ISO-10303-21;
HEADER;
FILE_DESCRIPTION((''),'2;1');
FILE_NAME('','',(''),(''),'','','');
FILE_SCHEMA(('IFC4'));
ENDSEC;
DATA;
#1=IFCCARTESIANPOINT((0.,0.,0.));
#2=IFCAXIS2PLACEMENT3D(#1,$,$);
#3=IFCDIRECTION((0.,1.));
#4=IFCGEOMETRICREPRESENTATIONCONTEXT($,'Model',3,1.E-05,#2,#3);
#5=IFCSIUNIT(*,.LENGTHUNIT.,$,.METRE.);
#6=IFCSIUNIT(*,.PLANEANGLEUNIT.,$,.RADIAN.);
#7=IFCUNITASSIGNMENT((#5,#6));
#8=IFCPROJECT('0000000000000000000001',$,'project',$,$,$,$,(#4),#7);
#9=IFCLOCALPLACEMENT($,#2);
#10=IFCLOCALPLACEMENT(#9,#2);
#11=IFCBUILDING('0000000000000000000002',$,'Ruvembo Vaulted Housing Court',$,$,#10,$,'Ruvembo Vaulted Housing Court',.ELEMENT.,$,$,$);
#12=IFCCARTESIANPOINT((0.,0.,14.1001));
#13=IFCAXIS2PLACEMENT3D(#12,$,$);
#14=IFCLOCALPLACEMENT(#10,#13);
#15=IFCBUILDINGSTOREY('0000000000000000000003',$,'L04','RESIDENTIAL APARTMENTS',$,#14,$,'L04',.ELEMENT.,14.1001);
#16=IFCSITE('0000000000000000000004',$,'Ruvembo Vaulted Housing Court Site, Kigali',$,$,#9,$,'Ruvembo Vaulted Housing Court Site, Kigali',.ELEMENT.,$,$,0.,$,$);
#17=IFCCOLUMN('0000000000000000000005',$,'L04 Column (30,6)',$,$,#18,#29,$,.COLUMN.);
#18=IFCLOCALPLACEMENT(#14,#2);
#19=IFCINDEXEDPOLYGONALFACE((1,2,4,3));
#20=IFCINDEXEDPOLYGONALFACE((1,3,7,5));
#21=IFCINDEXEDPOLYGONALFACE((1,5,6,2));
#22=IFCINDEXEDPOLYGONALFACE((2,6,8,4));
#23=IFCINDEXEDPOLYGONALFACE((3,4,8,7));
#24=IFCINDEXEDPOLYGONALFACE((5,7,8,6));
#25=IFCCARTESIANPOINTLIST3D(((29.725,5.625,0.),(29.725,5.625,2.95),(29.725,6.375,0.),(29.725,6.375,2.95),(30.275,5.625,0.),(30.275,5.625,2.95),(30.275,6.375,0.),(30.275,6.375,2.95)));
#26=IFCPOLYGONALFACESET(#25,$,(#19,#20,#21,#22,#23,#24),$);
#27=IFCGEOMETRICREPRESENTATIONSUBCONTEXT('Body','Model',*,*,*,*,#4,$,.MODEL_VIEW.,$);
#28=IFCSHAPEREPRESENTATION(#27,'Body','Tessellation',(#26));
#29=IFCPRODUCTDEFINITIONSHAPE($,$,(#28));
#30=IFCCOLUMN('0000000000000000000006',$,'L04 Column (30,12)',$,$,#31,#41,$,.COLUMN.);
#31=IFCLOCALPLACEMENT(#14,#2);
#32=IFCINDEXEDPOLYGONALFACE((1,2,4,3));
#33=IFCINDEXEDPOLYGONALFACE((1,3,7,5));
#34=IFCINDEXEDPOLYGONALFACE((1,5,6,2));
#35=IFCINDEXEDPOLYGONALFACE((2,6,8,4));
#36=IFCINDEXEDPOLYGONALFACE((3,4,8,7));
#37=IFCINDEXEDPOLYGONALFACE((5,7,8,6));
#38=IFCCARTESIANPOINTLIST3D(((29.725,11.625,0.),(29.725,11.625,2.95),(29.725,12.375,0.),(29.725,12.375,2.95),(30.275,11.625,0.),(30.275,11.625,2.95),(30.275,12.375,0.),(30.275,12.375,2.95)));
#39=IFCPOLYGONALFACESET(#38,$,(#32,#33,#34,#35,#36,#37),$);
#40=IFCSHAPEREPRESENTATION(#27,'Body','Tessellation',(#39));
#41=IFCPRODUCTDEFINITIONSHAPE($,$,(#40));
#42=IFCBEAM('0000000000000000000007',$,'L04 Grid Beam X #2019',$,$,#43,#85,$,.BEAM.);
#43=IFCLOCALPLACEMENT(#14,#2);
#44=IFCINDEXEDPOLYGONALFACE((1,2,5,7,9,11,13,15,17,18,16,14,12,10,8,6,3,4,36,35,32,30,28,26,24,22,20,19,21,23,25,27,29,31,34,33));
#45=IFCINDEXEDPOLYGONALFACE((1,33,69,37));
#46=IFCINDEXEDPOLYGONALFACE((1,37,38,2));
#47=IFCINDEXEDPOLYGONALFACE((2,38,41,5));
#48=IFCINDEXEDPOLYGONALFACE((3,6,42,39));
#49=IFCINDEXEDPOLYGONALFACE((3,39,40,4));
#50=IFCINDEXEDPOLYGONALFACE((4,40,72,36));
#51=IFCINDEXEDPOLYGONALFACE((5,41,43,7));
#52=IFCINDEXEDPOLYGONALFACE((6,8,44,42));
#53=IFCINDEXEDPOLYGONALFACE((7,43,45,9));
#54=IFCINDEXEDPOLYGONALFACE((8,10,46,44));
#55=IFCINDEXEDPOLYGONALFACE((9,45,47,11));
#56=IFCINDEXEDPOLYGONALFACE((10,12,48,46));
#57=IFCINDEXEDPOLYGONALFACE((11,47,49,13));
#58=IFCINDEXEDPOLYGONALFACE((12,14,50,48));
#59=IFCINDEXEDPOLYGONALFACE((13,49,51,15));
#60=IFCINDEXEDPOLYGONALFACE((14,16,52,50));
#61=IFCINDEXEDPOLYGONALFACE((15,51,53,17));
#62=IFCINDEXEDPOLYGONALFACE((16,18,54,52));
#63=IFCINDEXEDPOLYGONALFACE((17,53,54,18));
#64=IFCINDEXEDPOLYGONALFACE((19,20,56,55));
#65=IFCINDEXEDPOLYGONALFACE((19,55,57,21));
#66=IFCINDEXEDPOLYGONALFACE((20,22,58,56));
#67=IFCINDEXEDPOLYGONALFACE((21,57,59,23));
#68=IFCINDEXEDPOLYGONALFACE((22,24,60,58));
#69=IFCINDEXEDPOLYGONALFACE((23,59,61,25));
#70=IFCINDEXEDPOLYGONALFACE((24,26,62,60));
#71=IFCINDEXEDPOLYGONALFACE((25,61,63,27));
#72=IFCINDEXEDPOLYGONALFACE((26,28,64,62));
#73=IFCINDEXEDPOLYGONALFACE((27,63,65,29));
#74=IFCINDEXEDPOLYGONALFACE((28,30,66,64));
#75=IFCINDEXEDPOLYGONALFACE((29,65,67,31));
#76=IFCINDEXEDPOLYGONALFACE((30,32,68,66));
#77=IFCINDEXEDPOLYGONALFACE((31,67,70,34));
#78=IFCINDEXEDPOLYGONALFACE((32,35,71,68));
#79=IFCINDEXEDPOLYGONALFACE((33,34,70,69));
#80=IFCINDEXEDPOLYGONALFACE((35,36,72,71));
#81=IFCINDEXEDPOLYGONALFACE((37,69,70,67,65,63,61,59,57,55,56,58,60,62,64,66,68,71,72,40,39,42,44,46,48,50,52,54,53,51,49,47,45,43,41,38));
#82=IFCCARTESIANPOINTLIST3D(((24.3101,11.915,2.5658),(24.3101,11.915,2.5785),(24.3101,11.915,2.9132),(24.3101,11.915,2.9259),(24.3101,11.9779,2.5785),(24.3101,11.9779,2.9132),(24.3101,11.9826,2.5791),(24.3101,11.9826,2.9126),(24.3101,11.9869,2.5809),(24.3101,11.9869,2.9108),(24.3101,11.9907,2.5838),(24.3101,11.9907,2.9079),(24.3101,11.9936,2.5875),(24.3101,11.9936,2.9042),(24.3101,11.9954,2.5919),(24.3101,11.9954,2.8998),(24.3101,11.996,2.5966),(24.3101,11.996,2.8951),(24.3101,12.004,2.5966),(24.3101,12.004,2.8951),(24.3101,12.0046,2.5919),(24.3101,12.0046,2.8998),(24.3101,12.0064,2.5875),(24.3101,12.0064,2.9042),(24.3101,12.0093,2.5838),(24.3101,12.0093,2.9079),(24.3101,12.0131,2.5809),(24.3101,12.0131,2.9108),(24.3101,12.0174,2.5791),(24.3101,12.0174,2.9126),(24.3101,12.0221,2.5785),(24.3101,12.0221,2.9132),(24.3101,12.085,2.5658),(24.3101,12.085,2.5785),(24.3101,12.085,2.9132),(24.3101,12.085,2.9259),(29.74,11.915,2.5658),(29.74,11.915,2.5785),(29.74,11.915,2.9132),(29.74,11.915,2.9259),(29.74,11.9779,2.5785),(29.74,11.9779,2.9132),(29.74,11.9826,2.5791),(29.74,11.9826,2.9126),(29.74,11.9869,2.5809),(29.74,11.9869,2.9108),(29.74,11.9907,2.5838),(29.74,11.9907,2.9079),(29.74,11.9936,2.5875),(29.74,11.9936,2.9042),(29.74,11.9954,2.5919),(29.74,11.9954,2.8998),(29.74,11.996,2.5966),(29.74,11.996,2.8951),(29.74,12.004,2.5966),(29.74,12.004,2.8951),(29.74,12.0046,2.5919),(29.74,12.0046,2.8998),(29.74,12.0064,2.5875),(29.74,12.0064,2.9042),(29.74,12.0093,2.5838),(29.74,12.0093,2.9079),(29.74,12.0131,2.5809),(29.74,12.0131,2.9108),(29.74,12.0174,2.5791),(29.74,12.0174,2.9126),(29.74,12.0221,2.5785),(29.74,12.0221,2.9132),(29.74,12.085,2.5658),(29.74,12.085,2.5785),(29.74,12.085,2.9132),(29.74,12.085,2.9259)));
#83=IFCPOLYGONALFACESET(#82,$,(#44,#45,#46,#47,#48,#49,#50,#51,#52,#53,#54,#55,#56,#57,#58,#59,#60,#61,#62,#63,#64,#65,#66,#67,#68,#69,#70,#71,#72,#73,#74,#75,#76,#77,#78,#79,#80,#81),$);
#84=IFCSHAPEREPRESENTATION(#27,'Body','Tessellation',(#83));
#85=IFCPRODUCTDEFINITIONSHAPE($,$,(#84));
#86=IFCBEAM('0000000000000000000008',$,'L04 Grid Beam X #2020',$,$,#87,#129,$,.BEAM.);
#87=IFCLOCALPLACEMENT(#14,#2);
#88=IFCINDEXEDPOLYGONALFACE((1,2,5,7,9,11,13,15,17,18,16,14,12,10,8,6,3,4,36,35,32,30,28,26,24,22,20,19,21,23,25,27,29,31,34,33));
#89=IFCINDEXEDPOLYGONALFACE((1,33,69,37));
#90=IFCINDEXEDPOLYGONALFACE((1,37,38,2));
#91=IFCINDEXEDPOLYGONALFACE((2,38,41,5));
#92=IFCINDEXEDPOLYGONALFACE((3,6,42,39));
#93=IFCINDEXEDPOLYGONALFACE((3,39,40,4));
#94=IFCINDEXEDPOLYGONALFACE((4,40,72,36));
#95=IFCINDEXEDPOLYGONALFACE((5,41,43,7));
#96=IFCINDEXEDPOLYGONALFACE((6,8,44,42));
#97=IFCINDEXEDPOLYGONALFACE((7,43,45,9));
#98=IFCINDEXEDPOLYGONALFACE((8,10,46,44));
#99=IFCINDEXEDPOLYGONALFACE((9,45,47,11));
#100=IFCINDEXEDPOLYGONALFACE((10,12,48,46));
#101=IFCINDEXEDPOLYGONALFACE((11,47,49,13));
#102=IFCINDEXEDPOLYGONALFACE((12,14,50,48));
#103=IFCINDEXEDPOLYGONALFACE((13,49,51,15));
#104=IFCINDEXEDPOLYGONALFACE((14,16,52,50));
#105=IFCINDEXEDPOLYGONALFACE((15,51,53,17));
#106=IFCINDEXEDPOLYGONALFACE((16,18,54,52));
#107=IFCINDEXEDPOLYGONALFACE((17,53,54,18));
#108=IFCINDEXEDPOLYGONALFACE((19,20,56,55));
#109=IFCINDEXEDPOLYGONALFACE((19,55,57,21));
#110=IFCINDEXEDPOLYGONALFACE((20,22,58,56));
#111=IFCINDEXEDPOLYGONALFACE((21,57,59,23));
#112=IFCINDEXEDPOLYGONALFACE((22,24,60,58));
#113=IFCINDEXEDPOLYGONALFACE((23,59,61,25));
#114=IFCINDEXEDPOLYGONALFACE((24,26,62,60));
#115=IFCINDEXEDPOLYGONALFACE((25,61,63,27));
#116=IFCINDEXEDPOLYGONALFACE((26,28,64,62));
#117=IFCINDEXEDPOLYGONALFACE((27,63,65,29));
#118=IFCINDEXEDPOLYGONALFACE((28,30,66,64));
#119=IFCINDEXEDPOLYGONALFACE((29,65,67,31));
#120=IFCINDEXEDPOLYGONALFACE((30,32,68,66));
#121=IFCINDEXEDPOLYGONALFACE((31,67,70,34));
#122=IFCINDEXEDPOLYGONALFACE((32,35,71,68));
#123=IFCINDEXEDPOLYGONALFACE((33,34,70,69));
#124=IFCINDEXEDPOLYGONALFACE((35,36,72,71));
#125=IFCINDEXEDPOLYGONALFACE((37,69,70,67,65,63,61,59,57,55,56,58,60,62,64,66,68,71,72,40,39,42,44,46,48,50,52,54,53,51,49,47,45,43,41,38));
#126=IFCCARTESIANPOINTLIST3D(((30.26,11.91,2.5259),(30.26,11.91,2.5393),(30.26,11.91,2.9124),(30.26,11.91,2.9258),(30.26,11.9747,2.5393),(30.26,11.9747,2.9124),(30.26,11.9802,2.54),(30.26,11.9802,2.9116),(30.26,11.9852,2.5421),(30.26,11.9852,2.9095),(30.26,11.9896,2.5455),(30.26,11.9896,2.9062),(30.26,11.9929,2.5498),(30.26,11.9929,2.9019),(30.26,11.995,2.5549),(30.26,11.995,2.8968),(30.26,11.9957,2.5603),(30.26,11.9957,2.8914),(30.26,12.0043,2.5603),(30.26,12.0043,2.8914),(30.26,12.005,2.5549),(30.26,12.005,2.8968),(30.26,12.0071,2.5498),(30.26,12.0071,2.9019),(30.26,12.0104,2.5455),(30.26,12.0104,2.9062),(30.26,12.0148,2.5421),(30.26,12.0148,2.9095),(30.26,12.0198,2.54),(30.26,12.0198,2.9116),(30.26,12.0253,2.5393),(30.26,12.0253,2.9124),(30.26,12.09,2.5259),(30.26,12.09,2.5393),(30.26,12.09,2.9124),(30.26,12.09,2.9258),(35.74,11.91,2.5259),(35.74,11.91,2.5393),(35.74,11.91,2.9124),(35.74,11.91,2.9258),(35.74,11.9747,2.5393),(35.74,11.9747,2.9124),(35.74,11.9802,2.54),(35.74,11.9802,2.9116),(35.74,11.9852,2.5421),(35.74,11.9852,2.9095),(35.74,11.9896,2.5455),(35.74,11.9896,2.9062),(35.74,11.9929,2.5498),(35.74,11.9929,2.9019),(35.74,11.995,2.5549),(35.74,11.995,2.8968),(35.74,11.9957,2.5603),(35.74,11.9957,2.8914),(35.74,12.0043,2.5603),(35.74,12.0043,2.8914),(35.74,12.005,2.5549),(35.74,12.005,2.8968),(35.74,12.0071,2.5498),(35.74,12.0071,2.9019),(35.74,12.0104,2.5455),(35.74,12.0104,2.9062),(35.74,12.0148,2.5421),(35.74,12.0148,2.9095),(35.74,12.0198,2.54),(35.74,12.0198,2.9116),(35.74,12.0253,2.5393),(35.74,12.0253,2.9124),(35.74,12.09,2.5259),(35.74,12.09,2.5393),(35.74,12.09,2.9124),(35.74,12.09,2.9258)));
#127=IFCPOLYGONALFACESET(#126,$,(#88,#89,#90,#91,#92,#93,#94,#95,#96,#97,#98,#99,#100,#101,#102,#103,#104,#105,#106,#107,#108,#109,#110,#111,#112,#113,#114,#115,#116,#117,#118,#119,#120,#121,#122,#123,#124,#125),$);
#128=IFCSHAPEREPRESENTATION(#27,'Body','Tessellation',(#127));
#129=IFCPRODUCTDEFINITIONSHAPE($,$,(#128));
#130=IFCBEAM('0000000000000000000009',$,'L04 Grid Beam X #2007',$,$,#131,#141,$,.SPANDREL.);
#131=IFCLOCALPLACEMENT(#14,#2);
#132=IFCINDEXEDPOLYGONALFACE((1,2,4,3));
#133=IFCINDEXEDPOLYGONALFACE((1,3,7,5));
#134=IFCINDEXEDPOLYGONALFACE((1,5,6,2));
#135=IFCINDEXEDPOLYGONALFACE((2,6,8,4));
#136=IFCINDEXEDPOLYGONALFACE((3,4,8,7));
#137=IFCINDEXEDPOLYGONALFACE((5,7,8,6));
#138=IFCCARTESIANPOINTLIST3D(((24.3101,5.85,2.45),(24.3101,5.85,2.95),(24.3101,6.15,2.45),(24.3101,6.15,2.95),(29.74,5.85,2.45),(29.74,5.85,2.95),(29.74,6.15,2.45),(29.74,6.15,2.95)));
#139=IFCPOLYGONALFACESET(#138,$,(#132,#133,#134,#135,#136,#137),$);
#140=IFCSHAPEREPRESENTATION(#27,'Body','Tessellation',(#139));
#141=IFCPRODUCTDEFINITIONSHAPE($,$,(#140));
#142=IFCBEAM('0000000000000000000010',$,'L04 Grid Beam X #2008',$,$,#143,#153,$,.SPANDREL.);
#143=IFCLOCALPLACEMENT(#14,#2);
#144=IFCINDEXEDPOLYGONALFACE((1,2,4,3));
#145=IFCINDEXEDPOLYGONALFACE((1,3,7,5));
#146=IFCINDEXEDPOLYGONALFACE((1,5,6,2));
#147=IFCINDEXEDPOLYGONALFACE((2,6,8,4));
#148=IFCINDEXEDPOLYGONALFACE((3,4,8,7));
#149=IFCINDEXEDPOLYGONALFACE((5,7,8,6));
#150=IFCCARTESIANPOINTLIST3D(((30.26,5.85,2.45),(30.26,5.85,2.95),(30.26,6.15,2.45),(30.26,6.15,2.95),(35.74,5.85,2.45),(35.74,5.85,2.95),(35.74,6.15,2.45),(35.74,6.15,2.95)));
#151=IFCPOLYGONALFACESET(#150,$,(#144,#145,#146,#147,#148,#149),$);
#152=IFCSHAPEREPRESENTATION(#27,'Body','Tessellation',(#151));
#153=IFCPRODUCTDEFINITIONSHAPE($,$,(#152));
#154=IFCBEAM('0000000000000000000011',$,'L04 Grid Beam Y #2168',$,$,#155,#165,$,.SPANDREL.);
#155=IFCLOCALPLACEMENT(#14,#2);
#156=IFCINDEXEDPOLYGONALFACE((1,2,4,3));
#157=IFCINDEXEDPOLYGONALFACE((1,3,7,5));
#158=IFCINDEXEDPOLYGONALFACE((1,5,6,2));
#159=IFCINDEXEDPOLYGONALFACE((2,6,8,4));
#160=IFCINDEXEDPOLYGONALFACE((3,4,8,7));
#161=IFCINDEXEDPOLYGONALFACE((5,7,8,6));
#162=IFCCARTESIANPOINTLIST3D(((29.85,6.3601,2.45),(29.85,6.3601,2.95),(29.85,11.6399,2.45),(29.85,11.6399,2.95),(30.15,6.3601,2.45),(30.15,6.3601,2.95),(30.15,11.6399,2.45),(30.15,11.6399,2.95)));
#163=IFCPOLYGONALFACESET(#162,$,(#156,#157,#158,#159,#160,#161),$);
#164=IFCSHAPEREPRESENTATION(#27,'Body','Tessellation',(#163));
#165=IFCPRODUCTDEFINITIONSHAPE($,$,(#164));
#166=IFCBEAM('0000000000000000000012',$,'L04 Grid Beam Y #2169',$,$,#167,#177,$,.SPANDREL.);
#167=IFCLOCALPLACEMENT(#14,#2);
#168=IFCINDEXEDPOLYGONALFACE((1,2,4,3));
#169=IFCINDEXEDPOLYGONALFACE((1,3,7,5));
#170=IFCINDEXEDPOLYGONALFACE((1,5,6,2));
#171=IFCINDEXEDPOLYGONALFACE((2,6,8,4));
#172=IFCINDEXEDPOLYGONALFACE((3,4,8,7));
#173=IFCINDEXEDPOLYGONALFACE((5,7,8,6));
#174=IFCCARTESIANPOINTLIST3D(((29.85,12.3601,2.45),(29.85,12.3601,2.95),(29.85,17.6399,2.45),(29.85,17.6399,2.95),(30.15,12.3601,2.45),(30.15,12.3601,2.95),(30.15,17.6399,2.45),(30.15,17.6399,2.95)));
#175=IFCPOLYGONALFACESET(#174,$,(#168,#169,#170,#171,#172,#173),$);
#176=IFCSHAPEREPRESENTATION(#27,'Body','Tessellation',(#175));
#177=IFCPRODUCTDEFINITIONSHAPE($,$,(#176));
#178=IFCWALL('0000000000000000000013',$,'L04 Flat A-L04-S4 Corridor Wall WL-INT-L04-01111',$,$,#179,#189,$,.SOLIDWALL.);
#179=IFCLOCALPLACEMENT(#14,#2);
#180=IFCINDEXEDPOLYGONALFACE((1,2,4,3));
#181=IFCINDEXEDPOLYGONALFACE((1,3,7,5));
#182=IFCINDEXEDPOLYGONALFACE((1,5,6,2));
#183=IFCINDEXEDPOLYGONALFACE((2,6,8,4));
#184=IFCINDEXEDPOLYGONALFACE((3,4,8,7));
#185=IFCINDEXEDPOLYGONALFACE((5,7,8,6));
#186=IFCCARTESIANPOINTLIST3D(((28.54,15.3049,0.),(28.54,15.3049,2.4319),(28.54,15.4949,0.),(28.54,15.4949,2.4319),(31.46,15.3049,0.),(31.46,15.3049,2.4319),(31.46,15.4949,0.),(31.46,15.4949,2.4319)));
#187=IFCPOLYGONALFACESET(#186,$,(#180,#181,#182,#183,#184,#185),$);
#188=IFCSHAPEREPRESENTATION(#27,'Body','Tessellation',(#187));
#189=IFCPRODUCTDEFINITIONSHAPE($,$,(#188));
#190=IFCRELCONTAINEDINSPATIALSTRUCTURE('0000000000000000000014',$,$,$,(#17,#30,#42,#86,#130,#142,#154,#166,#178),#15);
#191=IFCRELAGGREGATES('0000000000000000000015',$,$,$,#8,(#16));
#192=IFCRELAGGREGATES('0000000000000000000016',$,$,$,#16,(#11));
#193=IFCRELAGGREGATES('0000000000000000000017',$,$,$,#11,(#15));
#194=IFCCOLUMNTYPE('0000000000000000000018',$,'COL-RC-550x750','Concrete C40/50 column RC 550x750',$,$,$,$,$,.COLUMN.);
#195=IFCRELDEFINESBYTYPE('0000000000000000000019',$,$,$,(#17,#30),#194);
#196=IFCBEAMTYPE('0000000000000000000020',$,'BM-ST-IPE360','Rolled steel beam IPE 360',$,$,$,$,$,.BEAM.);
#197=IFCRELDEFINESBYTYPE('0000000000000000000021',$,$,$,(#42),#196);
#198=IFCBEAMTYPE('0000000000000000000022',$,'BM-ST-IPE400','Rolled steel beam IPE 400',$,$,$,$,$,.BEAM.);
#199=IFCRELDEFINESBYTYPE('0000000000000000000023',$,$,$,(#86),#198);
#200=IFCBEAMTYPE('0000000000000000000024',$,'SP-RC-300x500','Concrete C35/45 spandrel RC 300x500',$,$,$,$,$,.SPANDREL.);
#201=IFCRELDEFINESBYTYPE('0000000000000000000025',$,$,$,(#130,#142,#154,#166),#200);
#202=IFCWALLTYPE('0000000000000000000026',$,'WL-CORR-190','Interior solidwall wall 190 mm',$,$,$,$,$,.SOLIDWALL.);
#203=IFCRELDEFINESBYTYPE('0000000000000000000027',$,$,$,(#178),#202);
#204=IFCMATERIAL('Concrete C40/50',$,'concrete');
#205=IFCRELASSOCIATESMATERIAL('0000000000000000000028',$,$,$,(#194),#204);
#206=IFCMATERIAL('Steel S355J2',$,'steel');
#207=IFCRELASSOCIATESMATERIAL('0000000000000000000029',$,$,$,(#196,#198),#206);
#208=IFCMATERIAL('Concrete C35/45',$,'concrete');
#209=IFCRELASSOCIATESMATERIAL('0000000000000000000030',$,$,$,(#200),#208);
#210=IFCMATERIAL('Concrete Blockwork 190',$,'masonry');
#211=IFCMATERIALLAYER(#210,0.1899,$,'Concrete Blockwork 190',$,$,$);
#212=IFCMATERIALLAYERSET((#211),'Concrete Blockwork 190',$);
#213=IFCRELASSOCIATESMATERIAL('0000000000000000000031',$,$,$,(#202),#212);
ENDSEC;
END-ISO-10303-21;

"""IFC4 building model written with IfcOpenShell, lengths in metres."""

from ifc_helpers import new_model, si_unit, direction, frame, frame_2d, origin, origin_2d, place, context, subcontext, project, spatial, rectangle, i_section, extrude, material, layer, layer_set, material_profile, profile_set, type_object, element, save


model = new_model("IFC4")

# Units and contexts
model_context = context("Model", 3, precision=1e-05, world=origin(), true_north=direction((0.0, 1.0)))
body_context = subcontext(model_context, "Body", "Model", "MODEL_VIEW")
ifc_project = project(units=[si_unit("LENGTHUNIT", "METRE"), si_unit("PLANEANGLEUNIT", "RADIAN")], contexts=[model_context])

# Site, building, storey
site_placement = place(None, origin())
site = spatial("IfcSite", under=ifc_project, at=site_placement, Name="Ruvembo Vaulted Housing Court Site, Kigali", LongName="Ruvembo Vaulted Housing Court Site, Kigali", CompositionType="ELEMENT", RefElevation=0.0)
building_placement = place(site_placement, origin())
building = spatial("IfcBuilding", under=site, at=building_placement, Name="Ruvembo Vaulted Housing Court", LongName="Ruvembo Vaulted Housing Court", CompositionType="ELEMENT")
storey_placement = place(building_placement, frame((0.0, 0.0, 14.1001)))
storey = spatial("IfcBuildingStorey", under=building, at=storey_placement, Name="L04", Description="RESIDENTIAL APARTMENTS", LongName="L04", CompositionType="ELEMENT", Elevation=14.1001)

# Columns
ifc_material_1 = material(Name="Concrete C40/50", Category="concrete")
ifc_material_profile_1 = material_profile(ifc_material_1, rectangle(XDim=0.55, YDim=0.75, at=origin_2d()), Name="RC 550x750")
ifc_profile_set_1 = profile_set([ifc_material_profile_1], Name="Concrete C40/50")
column_type = type_object("IfcColumnType", Name="COL-RC-550x750", Description="Concrete C40/50 column RC 550x750", PredefinedType="COLUMN", material=ifc_profile_set_1)
for number, where, z_axis, x_axis, name in (
    (1, (30.0, 6.0, 0.0), (0.0, 0.0, 1.0), (1.0, 0.0, 0.0), "L04 Column (30,6)"),
    (2, (30.0, 12.0, 0.0), (0.0, 0.0, 1.0), (1.0, 0.0, 0.0), "L04 Column (30,12)"),
):
    element("IfcColumn", number, at=place(storey_placement, frame(where, z_axis=z_axis, x_axis=x_axis)), inside=storey, type_object=column_type, Name=name, PredefinedType="COLUMN", context=body_context, shape_type="SweptSolid", body=[
        extrude(rectangle(XDim=0.55, YDim=0.75, at=origin_2d()), origin(), (0.0, 0.0, 1.0), 2.95),
    ])

# Beams
ifc_material_2 = material(Name="Steel S355J2", Category="steel")
ifc_material_profile_2 = material_profile(ifc_material_2, i_section(OverallWidth=0.1699, OverallDepth=0.3601, WebThickness=0.0081, FlangeThickness=0.0127, FilletRadius=0.0181, at=origin_2d()), Name="IPE 360")
ifc_profile_set_2 = profile_set([ifc_material_profile_2], Name="Steel S355J2")
beam_type_1 = type_object("IfcBeamType", Name="BM-ST-IPE360", Description="Rolled steel beam IPE 360", PredefinedType="BEAM", material=ifc_profile_set_2)
beam_1_placement = place(storey_placement, frame((24.3101, 12.0, 2.7458), z_axis=(1.0, 0.0, 0.0), x_axis=(0.0, 1.0, 0.0)))
element("IfcBeam", 3, at=beam_1_placement, inside=storey, type_object=beam_type_1, Name="L04 Grid Beam X #2019", PredefinedType="BEAM", context=body_context, shape_type="SweptSolid", body=[
    extrude(i_section(OverallWidth=0.1699, OverallDepth=0.3601, WebThickness=0.0081, FlangeThickness=0.0127, FilletRadius=0.0181, at=origin_2d()), origin(), (0.0, 0.0, 1.0), 5.4299),
])
ifc_material_profile_3 = material_profile(ifc_material_2, i_section(OverallWidth=0.1799, OverallDepth=0.3999, WebThickness=0.0085, FlangeThickness=0.0134, FilletRadius=0.021, at=origin_2d()), Name="IPE 400")
ifc_profile_set_3 = profile_set([ifc_material_profile_3], Name="Steel S355J2")
beam_type_2 = type_object("IfcBeamType", Name="BM-ST-IPE400", Description="Rolled steel beam IPE 400", PredefinedType="BEAM", material=ifc_profile_set_3)
beam_2_placement = place(storey_placement, frame((30.26, 12.0, 2.7258), z_axis=(1.0, 0.0, 0.0), x_axis=(0.0, 1.0, 0.0)))
element("IfcBeam", 4, at=beam_2_placement, inside=storey, type_object=beam_type_2, Name="L04 Grid Beam X #2020", PredefinedType="BEAM", context=body_context, shape_type="SweptSolid", body=[
    extrude(i_section(OverallWidth=0.1799, OverallDepth=0.3999, WebThickness=0.0085, FlangeThickness=0.0134, FilletRadius=0.021, at=origin_2d()), origin(), (0.0, 0.0, 1.0), 5.48),
])
ifc_material_3 = material(Name="Concrete C35/45", Category="concrete")
ifc_material_profile_4 = material_profile(ifc_material_3, rectangle(XDim=0.3, YDim=0.5, at=origin_2d()), Name="RC 300x500")
ifc_profile_set_4 = profile_set([ifc_material_profile_4], Name="Concrete C35/45")
beam_type_3 = type_object("IfcBeamType", Name="SP-RC-300x500", Description="Concrete C35/45 spandrel RC 300x500", PredefinedType="SPANDREL", material=ifc_profile_set_4)
beam_3_placement = place(storey_placement, frame((24.3101, 6.0, 2.7), z_axis=(1.0, 0.0, 0.0), x_axis=(0.0, 1.0, 0.0)))
element("IfcBeam", 5, at=beam_3_placement, inside=storey, type_object=beam_type_3, Name="L04 Grid Beam X #2007", PredefinedType="SPANDREL", context=body_context, shape_type="SweptSolid", body=[
    extrude(rectangle(XDim=0.3, YDim=0.5, at=origin_2d()), origin(), (0.0, 0.0, 1.0), 5.4299),
])
beam_4_placement = place(storey_placement, frame((30.26, 6.0, 2.7), z_axis=(1.0, 0.0, 0.0), x_axis=(0.0, 1.0, 0.0)))
element("IfcBeam", 6, at=beam_4_placement, inside=storey, type_object=beam_type_3, Name="L04 Grid Beam X #2008", PredefinedType="SPANDREL", context=body_context, shape_type="SweptSolid", body=[
    extrude(rectangle(XDim=0.3, YDim=0.5, at=origin_2d()), origin(), (0.0, 0.0, 1.0), 5.48),
])
for number, where, z_axis, x_axis, name in (
    (7, (30.0, 6.3601, 2.7), (0.0, 1.0, 0.0), (-1.0, 0.0, 0.0), "L04 Grid Beam Y #2168"),
    (8, (30.0, 12.3601, 2.7), (0.0, 1.0, 0.0), (-1.0, 0.0, 0.0), "L04 Grid Beam Y #2169"),
):
    element("IfcBeam", number, at=place(storey_placement, frame(where, z_axis=z_axis, x_axis=x_axis)), inside=storey, type_object=beam_type_3, Name=name, PredefinedType="SPANDREL", context=body_context, shape_type="SweptSolid", body=[
        extrude(rectangle(XDim=0.3, YDim=0.5, at=origin_2d()), origin(), (0.0, 0.0, 1.0), 5.2798),
    ])

# Shared definitions
ifc_material_4 = material(Name="Concrete Blockwork 190", Category="masonry")
ifc_layer_1 = layer(ifc_material_4, 0.1899, Name="Concrete Blockwork 190")
ifc_layer_set_1 = layer_set([ifc_layer_1], Name="Concrete Blockwork 190")
wall_type_1 = type_object("IfcWallType", Name="WL-CORR-190", Description="Interior solidwall wall 190 mm", PredefinedType="SOLIDWALL", material=ifc_layer_set_1)

# Wall
wall_1_placement = place(storey_placement, frame((28.54, 15.3999, 0.0), z_axis=(0.0, 0.0, 1.0), x_axis=(1.0, 0.0, 0.0)))
element("IfcWall", 9, at=wall_1_placement, inside=storey, type_object=wall_type_1, Name="L04 Flat A-L04-S4 Corridor Wall WL-INT-L04-01111", PredefinedType="SOLIDWALL", context=body_context, shape_type="SweptSolid", body=[
    extrude(rectangle(XDim=2.9199, YDim=0.1899, at=frame_2d((1.46, 0.0))), origin(), (0.0, 0.0, 1.0), 2.4319),
])

save(model, "model.ifc")
